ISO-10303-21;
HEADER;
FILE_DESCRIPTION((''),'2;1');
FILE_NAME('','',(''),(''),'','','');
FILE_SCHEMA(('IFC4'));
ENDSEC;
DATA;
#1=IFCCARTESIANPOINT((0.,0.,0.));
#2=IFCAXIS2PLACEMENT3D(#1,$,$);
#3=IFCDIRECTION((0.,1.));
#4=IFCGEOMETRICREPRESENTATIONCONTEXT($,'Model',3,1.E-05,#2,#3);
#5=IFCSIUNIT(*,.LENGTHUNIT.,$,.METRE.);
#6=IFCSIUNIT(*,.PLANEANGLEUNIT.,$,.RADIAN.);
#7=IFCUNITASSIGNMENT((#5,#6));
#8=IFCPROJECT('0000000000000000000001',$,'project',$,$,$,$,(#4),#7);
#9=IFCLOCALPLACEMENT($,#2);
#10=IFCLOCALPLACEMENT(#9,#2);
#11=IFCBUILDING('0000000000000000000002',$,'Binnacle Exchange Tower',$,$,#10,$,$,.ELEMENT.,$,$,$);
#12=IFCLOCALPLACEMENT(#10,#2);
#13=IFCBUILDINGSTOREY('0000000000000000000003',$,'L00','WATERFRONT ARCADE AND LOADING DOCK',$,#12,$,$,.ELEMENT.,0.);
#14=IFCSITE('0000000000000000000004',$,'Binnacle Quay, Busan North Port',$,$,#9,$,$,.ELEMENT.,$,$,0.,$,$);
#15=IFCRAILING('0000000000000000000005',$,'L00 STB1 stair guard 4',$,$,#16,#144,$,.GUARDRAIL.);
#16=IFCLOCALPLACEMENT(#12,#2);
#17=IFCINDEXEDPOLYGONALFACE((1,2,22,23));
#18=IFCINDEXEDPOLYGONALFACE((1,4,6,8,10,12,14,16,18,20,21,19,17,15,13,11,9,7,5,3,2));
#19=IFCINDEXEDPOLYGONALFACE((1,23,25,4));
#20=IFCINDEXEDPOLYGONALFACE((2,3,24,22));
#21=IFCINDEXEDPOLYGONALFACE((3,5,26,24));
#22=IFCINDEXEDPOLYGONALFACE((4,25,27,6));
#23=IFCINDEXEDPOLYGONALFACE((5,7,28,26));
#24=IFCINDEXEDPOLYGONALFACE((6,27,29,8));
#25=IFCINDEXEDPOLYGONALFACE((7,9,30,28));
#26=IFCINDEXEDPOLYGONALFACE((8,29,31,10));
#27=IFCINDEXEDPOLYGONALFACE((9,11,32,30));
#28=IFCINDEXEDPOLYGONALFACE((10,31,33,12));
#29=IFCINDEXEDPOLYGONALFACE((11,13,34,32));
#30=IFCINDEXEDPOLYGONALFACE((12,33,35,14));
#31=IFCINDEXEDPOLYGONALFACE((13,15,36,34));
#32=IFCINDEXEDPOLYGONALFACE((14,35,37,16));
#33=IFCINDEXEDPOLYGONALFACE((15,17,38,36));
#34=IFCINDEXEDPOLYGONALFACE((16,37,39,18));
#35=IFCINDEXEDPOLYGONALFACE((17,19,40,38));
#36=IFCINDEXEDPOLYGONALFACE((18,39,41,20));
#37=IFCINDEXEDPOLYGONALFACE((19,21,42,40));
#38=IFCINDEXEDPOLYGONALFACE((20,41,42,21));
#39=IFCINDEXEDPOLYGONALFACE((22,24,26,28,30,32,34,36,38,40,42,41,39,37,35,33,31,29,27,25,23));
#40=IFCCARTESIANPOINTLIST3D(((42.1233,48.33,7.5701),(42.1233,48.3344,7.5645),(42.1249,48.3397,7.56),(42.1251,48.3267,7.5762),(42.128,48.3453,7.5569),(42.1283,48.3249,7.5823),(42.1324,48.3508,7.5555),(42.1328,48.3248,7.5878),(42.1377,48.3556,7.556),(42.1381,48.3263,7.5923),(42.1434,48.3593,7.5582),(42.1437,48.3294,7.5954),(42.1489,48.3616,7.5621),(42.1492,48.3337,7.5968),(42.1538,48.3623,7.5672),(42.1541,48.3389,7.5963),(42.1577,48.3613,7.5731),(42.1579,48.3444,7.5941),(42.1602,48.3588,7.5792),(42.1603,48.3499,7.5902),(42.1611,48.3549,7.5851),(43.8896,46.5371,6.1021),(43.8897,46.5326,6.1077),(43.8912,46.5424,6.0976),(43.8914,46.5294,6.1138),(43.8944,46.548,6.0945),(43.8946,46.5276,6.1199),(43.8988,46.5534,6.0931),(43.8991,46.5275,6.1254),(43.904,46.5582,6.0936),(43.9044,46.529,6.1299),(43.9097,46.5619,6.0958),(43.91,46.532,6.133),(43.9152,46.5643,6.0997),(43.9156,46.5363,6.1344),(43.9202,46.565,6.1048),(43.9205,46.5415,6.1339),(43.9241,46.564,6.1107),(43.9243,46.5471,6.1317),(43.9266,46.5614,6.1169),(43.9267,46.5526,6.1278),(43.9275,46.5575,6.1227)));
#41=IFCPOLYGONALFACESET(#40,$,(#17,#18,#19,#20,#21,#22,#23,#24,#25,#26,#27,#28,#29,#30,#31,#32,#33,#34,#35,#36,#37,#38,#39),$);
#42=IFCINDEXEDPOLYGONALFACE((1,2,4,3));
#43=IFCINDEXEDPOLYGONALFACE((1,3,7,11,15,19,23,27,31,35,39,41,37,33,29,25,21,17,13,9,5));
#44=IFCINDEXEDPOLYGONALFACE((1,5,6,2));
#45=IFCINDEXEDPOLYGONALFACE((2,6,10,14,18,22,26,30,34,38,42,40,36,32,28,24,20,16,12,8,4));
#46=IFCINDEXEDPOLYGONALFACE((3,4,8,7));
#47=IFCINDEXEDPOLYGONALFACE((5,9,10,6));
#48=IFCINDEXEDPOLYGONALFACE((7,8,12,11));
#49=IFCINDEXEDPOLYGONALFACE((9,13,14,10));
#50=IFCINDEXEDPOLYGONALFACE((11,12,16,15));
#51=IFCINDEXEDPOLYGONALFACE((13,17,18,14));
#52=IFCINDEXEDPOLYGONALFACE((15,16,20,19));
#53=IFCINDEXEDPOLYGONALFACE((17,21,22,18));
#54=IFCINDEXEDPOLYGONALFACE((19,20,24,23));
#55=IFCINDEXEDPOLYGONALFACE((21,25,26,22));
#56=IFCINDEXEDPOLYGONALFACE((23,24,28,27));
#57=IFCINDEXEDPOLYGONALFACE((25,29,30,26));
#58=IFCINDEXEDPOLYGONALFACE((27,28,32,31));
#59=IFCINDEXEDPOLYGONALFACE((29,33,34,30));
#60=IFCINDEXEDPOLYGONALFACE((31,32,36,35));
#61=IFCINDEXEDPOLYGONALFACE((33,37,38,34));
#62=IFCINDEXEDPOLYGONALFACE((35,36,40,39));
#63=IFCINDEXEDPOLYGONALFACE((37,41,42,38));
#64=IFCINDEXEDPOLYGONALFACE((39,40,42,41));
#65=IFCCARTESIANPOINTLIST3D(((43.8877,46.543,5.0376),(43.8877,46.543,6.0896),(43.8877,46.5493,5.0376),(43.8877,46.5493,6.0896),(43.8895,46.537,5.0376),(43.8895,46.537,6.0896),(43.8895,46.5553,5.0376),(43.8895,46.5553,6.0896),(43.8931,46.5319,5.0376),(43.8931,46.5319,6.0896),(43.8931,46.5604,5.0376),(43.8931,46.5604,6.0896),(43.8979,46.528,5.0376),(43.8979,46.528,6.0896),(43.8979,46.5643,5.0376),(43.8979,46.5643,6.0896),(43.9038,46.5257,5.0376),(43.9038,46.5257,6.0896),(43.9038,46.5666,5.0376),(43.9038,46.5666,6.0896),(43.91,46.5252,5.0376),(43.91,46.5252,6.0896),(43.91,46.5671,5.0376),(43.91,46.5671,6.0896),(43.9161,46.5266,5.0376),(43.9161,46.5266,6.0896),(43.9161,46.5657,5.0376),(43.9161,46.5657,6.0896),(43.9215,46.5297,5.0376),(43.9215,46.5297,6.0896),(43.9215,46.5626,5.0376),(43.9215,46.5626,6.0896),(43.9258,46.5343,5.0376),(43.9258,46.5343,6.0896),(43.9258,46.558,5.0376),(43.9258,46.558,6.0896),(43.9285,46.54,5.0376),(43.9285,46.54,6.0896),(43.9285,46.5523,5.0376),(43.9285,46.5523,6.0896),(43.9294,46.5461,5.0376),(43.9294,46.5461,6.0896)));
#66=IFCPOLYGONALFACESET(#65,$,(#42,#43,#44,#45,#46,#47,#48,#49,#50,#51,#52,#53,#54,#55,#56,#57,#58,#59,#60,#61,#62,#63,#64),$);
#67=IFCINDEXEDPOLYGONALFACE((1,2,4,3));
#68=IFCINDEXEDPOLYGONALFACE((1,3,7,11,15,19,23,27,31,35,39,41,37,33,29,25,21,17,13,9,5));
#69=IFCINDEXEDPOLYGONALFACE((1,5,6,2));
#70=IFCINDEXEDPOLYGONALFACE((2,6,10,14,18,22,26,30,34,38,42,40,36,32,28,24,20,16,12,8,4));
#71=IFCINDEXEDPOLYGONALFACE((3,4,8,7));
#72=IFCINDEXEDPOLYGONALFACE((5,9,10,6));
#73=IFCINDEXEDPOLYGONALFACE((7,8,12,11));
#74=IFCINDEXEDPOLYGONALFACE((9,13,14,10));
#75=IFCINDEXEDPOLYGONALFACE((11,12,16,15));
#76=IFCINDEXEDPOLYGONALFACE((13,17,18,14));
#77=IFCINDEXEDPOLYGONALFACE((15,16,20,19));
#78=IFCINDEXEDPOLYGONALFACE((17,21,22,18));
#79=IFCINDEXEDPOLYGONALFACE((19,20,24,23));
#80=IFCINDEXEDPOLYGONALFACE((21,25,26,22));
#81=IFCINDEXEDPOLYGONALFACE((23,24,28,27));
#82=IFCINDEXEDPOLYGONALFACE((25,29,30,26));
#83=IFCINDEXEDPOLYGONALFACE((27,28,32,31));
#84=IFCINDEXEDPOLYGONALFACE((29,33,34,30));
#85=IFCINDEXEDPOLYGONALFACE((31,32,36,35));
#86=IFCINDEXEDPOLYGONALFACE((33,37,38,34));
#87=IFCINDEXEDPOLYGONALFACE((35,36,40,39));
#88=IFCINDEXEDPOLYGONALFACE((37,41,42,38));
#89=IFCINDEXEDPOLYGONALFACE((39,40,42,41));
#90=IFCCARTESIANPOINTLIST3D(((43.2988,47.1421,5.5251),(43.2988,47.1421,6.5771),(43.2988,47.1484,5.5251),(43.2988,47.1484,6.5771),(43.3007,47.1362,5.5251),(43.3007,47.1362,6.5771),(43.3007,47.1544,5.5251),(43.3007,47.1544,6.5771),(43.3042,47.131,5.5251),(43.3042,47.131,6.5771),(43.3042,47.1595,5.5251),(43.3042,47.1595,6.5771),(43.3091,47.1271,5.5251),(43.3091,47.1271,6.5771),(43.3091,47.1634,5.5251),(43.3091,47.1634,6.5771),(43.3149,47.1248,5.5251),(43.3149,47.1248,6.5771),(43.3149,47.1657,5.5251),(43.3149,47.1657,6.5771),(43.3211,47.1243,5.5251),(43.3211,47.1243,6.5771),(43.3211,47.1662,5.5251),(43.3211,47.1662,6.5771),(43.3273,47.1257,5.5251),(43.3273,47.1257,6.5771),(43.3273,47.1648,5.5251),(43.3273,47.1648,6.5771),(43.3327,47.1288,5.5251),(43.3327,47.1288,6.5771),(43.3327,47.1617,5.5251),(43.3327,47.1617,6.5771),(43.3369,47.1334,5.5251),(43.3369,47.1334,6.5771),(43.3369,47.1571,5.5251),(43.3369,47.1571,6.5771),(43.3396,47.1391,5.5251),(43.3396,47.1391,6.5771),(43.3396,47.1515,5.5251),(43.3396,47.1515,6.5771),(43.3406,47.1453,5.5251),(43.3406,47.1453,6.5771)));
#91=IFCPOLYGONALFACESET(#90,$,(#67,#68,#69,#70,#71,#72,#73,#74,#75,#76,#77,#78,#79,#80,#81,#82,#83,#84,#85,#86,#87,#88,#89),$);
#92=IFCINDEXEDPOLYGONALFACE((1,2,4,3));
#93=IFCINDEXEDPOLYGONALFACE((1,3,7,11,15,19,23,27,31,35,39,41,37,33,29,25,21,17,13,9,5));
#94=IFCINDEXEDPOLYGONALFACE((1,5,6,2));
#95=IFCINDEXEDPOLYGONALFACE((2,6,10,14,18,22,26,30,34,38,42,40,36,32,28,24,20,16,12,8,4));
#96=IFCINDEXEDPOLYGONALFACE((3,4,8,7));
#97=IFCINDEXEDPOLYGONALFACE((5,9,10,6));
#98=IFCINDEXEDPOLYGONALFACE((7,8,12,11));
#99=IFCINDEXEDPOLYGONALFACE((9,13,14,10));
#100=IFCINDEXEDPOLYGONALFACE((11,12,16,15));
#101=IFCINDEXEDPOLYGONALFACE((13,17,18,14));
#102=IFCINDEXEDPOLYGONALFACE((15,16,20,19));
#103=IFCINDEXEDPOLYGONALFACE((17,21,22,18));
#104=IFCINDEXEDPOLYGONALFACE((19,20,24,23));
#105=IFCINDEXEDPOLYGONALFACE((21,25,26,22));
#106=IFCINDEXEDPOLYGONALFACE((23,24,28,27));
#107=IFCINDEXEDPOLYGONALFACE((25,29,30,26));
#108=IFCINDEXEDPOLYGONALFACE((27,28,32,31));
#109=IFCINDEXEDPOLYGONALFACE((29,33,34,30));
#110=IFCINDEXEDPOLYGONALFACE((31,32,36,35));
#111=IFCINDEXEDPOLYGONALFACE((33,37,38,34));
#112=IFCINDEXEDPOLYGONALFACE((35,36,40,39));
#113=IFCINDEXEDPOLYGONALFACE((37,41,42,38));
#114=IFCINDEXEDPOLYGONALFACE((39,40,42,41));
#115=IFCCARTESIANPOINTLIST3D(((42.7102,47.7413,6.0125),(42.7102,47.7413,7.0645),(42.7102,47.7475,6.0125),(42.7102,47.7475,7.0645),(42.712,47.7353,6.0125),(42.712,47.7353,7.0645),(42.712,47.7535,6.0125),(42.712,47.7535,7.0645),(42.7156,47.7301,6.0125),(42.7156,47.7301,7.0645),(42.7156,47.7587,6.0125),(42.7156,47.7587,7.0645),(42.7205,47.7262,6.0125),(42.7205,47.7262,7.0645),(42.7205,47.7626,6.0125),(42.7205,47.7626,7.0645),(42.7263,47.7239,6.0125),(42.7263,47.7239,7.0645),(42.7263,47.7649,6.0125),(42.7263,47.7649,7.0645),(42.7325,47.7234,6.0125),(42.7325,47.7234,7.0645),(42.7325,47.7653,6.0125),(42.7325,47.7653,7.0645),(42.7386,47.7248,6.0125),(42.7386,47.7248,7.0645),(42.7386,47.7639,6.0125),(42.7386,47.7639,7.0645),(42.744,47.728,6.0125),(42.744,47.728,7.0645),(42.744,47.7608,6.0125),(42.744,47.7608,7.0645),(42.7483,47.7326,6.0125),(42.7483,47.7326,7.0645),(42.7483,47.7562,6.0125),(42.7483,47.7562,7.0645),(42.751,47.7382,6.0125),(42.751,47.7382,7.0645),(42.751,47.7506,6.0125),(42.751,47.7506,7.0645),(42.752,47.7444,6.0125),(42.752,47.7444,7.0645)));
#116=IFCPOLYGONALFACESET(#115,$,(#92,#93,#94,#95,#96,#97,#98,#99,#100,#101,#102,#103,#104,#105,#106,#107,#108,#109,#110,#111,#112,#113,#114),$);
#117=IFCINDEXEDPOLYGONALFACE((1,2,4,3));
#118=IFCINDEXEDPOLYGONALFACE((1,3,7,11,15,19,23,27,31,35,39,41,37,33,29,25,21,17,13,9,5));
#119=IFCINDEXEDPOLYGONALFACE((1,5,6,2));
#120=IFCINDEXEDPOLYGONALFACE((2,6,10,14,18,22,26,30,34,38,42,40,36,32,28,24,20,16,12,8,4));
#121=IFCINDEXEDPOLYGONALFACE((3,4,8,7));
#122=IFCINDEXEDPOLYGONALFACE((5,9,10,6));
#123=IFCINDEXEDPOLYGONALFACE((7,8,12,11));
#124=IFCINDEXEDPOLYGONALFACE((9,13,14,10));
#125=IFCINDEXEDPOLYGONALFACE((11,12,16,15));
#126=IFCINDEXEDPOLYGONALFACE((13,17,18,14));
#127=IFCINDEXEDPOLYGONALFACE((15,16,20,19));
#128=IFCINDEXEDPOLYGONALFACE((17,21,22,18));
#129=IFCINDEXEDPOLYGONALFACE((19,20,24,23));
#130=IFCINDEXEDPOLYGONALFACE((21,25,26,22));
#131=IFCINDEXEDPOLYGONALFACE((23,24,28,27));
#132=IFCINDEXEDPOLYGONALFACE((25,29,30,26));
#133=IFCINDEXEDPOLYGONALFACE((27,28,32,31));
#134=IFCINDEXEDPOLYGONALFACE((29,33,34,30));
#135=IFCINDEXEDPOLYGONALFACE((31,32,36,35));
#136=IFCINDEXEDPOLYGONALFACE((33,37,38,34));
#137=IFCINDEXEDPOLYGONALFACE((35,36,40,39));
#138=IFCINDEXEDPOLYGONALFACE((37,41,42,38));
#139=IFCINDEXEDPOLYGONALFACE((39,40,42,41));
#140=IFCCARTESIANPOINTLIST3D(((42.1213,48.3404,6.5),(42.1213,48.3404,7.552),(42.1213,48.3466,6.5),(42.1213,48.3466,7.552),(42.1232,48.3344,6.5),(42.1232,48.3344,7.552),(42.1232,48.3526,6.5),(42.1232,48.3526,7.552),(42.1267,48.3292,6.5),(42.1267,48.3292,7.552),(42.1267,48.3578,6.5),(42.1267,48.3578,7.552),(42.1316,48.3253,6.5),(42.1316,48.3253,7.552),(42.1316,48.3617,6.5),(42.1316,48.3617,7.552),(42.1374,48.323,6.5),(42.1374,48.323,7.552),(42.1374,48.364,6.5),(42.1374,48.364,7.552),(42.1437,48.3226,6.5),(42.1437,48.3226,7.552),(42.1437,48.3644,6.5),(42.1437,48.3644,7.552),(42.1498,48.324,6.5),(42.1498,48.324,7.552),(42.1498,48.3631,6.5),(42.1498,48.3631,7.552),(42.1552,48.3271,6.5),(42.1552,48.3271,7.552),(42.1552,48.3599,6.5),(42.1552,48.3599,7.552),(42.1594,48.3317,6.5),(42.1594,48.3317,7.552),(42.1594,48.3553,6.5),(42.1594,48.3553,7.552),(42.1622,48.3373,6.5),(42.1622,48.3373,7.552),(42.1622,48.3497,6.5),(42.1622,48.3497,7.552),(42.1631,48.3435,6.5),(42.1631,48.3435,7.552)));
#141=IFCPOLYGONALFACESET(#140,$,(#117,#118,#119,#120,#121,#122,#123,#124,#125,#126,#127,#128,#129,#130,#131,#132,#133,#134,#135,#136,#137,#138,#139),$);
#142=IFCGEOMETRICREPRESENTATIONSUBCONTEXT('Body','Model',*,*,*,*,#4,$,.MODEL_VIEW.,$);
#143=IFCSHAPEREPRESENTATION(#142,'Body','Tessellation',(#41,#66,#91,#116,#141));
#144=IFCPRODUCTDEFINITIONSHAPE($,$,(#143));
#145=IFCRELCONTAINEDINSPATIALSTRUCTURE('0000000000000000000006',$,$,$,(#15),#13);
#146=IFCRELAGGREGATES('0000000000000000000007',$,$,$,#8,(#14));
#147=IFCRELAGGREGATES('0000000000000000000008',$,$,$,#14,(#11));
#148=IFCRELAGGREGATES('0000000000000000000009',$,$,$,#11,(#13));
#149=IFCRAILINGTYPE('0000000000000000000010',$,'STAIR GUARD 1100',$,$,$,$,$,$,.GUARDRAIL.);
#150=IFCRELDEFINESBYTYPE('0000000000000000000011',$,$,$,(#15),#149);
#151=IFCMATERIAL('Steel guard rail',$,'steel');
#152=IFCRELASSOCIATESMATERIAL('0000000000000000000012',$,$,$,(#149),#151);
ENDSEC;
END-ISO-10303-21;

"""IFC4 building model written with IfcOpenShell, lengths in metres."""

from ifc_helpers import new_model, si_unit, direction, frame, origin, origin_2d, place, context, subcontext, project, spatial, circle, extrude, material, type_object, element, save


model = new_model("IFC4")

# Units and contexts
model_context = context("Model", 3, precision=1e-05, world=origin(), true_north=direction((0.0, 1.0)))
body_context = subcontext(model_context, "Body", "Model", "MODEL_VIEW")
ifc_project = project(units=[si_unit("LENGTHUNIT", "METRE"), si_unit("PLANEANGLEUNIT", "RADIAN")], contexts=[model_context])

# Site, building, storey
site_placement = place(None, origin())
site = spatial("IfcSite", under=ifc_project, at=site_placement, Name="Binnacle Quay, Busan North Port", CompositionType="ELEMENT", RefElevation=0.0)
building_placement = place(site_placement, origin())
building = spatial("IfcBuilding", under=site, at=building_placement, Name="Binnacle Exchange Tower", CompositionType="ELEMENT")
storey_placement = place(building_placement, origin())
storey = spatial("IfcBuildingStorey", under=building, at=storey_placement, Name="L00", Description="WATERFRONT ARCADE AND LOADING DOCK", CompositionType="ELEMENT", Elevation=0.0)

# Railing
ifc_material_1 = material(Name="Steel guard rail", Category="steel")
railing_type_1 = type_object("IfcRailingType", Name="STAIR GUARD 1100", PredefinedType="GUARDRAIL", material=ifc_material_1)
railing_1_placement = place(storey_placement, frame((43.9084, 46.5461, 5.0376)))
element("IfcRailing", 1, at=railing_1_placement, inside=storey, type_object=railing_type_1, Name="L00 STB1 stair guard 4", PredefinedType="GUARDRAIL", context=body_context, shape_type="SweptSolid", body=[
    extrude(circle(Radius=0.0239, at=origin_2d()), frame((0.0, 0.0, 1.0762), z_axis=(-0.606243, 0.616884, 0.50192), x_axis=(-0.713232, -0.700928, 0.0)), (0.0, 0.0, 1.0), 2.9136),
    extrude(circle(Radius=0.021, at=origin_2d()), origin(), (0.0, 0.0, 1.0), 1.052),
    extrude(circle(Radius=0.021, at=origin_2d()), frame((-0.5889, 0.5991, 0.4875)), (0.0, 0.0, 1.0), 1.052),
    extrude(circle(Radius=0.021, at=origin_2d()), frame((-1.1775, 1.1982, 0.9749)), (0.0, 0.0, 1.0), 1.052),
    extrude(circle(Radius=0.021, at=origin_2d()), frame((-1.7664, 1.7974, 1.4624)), (0.0, 0.0, 1.0), 1.052),
])

save(model, "model.ifc")
